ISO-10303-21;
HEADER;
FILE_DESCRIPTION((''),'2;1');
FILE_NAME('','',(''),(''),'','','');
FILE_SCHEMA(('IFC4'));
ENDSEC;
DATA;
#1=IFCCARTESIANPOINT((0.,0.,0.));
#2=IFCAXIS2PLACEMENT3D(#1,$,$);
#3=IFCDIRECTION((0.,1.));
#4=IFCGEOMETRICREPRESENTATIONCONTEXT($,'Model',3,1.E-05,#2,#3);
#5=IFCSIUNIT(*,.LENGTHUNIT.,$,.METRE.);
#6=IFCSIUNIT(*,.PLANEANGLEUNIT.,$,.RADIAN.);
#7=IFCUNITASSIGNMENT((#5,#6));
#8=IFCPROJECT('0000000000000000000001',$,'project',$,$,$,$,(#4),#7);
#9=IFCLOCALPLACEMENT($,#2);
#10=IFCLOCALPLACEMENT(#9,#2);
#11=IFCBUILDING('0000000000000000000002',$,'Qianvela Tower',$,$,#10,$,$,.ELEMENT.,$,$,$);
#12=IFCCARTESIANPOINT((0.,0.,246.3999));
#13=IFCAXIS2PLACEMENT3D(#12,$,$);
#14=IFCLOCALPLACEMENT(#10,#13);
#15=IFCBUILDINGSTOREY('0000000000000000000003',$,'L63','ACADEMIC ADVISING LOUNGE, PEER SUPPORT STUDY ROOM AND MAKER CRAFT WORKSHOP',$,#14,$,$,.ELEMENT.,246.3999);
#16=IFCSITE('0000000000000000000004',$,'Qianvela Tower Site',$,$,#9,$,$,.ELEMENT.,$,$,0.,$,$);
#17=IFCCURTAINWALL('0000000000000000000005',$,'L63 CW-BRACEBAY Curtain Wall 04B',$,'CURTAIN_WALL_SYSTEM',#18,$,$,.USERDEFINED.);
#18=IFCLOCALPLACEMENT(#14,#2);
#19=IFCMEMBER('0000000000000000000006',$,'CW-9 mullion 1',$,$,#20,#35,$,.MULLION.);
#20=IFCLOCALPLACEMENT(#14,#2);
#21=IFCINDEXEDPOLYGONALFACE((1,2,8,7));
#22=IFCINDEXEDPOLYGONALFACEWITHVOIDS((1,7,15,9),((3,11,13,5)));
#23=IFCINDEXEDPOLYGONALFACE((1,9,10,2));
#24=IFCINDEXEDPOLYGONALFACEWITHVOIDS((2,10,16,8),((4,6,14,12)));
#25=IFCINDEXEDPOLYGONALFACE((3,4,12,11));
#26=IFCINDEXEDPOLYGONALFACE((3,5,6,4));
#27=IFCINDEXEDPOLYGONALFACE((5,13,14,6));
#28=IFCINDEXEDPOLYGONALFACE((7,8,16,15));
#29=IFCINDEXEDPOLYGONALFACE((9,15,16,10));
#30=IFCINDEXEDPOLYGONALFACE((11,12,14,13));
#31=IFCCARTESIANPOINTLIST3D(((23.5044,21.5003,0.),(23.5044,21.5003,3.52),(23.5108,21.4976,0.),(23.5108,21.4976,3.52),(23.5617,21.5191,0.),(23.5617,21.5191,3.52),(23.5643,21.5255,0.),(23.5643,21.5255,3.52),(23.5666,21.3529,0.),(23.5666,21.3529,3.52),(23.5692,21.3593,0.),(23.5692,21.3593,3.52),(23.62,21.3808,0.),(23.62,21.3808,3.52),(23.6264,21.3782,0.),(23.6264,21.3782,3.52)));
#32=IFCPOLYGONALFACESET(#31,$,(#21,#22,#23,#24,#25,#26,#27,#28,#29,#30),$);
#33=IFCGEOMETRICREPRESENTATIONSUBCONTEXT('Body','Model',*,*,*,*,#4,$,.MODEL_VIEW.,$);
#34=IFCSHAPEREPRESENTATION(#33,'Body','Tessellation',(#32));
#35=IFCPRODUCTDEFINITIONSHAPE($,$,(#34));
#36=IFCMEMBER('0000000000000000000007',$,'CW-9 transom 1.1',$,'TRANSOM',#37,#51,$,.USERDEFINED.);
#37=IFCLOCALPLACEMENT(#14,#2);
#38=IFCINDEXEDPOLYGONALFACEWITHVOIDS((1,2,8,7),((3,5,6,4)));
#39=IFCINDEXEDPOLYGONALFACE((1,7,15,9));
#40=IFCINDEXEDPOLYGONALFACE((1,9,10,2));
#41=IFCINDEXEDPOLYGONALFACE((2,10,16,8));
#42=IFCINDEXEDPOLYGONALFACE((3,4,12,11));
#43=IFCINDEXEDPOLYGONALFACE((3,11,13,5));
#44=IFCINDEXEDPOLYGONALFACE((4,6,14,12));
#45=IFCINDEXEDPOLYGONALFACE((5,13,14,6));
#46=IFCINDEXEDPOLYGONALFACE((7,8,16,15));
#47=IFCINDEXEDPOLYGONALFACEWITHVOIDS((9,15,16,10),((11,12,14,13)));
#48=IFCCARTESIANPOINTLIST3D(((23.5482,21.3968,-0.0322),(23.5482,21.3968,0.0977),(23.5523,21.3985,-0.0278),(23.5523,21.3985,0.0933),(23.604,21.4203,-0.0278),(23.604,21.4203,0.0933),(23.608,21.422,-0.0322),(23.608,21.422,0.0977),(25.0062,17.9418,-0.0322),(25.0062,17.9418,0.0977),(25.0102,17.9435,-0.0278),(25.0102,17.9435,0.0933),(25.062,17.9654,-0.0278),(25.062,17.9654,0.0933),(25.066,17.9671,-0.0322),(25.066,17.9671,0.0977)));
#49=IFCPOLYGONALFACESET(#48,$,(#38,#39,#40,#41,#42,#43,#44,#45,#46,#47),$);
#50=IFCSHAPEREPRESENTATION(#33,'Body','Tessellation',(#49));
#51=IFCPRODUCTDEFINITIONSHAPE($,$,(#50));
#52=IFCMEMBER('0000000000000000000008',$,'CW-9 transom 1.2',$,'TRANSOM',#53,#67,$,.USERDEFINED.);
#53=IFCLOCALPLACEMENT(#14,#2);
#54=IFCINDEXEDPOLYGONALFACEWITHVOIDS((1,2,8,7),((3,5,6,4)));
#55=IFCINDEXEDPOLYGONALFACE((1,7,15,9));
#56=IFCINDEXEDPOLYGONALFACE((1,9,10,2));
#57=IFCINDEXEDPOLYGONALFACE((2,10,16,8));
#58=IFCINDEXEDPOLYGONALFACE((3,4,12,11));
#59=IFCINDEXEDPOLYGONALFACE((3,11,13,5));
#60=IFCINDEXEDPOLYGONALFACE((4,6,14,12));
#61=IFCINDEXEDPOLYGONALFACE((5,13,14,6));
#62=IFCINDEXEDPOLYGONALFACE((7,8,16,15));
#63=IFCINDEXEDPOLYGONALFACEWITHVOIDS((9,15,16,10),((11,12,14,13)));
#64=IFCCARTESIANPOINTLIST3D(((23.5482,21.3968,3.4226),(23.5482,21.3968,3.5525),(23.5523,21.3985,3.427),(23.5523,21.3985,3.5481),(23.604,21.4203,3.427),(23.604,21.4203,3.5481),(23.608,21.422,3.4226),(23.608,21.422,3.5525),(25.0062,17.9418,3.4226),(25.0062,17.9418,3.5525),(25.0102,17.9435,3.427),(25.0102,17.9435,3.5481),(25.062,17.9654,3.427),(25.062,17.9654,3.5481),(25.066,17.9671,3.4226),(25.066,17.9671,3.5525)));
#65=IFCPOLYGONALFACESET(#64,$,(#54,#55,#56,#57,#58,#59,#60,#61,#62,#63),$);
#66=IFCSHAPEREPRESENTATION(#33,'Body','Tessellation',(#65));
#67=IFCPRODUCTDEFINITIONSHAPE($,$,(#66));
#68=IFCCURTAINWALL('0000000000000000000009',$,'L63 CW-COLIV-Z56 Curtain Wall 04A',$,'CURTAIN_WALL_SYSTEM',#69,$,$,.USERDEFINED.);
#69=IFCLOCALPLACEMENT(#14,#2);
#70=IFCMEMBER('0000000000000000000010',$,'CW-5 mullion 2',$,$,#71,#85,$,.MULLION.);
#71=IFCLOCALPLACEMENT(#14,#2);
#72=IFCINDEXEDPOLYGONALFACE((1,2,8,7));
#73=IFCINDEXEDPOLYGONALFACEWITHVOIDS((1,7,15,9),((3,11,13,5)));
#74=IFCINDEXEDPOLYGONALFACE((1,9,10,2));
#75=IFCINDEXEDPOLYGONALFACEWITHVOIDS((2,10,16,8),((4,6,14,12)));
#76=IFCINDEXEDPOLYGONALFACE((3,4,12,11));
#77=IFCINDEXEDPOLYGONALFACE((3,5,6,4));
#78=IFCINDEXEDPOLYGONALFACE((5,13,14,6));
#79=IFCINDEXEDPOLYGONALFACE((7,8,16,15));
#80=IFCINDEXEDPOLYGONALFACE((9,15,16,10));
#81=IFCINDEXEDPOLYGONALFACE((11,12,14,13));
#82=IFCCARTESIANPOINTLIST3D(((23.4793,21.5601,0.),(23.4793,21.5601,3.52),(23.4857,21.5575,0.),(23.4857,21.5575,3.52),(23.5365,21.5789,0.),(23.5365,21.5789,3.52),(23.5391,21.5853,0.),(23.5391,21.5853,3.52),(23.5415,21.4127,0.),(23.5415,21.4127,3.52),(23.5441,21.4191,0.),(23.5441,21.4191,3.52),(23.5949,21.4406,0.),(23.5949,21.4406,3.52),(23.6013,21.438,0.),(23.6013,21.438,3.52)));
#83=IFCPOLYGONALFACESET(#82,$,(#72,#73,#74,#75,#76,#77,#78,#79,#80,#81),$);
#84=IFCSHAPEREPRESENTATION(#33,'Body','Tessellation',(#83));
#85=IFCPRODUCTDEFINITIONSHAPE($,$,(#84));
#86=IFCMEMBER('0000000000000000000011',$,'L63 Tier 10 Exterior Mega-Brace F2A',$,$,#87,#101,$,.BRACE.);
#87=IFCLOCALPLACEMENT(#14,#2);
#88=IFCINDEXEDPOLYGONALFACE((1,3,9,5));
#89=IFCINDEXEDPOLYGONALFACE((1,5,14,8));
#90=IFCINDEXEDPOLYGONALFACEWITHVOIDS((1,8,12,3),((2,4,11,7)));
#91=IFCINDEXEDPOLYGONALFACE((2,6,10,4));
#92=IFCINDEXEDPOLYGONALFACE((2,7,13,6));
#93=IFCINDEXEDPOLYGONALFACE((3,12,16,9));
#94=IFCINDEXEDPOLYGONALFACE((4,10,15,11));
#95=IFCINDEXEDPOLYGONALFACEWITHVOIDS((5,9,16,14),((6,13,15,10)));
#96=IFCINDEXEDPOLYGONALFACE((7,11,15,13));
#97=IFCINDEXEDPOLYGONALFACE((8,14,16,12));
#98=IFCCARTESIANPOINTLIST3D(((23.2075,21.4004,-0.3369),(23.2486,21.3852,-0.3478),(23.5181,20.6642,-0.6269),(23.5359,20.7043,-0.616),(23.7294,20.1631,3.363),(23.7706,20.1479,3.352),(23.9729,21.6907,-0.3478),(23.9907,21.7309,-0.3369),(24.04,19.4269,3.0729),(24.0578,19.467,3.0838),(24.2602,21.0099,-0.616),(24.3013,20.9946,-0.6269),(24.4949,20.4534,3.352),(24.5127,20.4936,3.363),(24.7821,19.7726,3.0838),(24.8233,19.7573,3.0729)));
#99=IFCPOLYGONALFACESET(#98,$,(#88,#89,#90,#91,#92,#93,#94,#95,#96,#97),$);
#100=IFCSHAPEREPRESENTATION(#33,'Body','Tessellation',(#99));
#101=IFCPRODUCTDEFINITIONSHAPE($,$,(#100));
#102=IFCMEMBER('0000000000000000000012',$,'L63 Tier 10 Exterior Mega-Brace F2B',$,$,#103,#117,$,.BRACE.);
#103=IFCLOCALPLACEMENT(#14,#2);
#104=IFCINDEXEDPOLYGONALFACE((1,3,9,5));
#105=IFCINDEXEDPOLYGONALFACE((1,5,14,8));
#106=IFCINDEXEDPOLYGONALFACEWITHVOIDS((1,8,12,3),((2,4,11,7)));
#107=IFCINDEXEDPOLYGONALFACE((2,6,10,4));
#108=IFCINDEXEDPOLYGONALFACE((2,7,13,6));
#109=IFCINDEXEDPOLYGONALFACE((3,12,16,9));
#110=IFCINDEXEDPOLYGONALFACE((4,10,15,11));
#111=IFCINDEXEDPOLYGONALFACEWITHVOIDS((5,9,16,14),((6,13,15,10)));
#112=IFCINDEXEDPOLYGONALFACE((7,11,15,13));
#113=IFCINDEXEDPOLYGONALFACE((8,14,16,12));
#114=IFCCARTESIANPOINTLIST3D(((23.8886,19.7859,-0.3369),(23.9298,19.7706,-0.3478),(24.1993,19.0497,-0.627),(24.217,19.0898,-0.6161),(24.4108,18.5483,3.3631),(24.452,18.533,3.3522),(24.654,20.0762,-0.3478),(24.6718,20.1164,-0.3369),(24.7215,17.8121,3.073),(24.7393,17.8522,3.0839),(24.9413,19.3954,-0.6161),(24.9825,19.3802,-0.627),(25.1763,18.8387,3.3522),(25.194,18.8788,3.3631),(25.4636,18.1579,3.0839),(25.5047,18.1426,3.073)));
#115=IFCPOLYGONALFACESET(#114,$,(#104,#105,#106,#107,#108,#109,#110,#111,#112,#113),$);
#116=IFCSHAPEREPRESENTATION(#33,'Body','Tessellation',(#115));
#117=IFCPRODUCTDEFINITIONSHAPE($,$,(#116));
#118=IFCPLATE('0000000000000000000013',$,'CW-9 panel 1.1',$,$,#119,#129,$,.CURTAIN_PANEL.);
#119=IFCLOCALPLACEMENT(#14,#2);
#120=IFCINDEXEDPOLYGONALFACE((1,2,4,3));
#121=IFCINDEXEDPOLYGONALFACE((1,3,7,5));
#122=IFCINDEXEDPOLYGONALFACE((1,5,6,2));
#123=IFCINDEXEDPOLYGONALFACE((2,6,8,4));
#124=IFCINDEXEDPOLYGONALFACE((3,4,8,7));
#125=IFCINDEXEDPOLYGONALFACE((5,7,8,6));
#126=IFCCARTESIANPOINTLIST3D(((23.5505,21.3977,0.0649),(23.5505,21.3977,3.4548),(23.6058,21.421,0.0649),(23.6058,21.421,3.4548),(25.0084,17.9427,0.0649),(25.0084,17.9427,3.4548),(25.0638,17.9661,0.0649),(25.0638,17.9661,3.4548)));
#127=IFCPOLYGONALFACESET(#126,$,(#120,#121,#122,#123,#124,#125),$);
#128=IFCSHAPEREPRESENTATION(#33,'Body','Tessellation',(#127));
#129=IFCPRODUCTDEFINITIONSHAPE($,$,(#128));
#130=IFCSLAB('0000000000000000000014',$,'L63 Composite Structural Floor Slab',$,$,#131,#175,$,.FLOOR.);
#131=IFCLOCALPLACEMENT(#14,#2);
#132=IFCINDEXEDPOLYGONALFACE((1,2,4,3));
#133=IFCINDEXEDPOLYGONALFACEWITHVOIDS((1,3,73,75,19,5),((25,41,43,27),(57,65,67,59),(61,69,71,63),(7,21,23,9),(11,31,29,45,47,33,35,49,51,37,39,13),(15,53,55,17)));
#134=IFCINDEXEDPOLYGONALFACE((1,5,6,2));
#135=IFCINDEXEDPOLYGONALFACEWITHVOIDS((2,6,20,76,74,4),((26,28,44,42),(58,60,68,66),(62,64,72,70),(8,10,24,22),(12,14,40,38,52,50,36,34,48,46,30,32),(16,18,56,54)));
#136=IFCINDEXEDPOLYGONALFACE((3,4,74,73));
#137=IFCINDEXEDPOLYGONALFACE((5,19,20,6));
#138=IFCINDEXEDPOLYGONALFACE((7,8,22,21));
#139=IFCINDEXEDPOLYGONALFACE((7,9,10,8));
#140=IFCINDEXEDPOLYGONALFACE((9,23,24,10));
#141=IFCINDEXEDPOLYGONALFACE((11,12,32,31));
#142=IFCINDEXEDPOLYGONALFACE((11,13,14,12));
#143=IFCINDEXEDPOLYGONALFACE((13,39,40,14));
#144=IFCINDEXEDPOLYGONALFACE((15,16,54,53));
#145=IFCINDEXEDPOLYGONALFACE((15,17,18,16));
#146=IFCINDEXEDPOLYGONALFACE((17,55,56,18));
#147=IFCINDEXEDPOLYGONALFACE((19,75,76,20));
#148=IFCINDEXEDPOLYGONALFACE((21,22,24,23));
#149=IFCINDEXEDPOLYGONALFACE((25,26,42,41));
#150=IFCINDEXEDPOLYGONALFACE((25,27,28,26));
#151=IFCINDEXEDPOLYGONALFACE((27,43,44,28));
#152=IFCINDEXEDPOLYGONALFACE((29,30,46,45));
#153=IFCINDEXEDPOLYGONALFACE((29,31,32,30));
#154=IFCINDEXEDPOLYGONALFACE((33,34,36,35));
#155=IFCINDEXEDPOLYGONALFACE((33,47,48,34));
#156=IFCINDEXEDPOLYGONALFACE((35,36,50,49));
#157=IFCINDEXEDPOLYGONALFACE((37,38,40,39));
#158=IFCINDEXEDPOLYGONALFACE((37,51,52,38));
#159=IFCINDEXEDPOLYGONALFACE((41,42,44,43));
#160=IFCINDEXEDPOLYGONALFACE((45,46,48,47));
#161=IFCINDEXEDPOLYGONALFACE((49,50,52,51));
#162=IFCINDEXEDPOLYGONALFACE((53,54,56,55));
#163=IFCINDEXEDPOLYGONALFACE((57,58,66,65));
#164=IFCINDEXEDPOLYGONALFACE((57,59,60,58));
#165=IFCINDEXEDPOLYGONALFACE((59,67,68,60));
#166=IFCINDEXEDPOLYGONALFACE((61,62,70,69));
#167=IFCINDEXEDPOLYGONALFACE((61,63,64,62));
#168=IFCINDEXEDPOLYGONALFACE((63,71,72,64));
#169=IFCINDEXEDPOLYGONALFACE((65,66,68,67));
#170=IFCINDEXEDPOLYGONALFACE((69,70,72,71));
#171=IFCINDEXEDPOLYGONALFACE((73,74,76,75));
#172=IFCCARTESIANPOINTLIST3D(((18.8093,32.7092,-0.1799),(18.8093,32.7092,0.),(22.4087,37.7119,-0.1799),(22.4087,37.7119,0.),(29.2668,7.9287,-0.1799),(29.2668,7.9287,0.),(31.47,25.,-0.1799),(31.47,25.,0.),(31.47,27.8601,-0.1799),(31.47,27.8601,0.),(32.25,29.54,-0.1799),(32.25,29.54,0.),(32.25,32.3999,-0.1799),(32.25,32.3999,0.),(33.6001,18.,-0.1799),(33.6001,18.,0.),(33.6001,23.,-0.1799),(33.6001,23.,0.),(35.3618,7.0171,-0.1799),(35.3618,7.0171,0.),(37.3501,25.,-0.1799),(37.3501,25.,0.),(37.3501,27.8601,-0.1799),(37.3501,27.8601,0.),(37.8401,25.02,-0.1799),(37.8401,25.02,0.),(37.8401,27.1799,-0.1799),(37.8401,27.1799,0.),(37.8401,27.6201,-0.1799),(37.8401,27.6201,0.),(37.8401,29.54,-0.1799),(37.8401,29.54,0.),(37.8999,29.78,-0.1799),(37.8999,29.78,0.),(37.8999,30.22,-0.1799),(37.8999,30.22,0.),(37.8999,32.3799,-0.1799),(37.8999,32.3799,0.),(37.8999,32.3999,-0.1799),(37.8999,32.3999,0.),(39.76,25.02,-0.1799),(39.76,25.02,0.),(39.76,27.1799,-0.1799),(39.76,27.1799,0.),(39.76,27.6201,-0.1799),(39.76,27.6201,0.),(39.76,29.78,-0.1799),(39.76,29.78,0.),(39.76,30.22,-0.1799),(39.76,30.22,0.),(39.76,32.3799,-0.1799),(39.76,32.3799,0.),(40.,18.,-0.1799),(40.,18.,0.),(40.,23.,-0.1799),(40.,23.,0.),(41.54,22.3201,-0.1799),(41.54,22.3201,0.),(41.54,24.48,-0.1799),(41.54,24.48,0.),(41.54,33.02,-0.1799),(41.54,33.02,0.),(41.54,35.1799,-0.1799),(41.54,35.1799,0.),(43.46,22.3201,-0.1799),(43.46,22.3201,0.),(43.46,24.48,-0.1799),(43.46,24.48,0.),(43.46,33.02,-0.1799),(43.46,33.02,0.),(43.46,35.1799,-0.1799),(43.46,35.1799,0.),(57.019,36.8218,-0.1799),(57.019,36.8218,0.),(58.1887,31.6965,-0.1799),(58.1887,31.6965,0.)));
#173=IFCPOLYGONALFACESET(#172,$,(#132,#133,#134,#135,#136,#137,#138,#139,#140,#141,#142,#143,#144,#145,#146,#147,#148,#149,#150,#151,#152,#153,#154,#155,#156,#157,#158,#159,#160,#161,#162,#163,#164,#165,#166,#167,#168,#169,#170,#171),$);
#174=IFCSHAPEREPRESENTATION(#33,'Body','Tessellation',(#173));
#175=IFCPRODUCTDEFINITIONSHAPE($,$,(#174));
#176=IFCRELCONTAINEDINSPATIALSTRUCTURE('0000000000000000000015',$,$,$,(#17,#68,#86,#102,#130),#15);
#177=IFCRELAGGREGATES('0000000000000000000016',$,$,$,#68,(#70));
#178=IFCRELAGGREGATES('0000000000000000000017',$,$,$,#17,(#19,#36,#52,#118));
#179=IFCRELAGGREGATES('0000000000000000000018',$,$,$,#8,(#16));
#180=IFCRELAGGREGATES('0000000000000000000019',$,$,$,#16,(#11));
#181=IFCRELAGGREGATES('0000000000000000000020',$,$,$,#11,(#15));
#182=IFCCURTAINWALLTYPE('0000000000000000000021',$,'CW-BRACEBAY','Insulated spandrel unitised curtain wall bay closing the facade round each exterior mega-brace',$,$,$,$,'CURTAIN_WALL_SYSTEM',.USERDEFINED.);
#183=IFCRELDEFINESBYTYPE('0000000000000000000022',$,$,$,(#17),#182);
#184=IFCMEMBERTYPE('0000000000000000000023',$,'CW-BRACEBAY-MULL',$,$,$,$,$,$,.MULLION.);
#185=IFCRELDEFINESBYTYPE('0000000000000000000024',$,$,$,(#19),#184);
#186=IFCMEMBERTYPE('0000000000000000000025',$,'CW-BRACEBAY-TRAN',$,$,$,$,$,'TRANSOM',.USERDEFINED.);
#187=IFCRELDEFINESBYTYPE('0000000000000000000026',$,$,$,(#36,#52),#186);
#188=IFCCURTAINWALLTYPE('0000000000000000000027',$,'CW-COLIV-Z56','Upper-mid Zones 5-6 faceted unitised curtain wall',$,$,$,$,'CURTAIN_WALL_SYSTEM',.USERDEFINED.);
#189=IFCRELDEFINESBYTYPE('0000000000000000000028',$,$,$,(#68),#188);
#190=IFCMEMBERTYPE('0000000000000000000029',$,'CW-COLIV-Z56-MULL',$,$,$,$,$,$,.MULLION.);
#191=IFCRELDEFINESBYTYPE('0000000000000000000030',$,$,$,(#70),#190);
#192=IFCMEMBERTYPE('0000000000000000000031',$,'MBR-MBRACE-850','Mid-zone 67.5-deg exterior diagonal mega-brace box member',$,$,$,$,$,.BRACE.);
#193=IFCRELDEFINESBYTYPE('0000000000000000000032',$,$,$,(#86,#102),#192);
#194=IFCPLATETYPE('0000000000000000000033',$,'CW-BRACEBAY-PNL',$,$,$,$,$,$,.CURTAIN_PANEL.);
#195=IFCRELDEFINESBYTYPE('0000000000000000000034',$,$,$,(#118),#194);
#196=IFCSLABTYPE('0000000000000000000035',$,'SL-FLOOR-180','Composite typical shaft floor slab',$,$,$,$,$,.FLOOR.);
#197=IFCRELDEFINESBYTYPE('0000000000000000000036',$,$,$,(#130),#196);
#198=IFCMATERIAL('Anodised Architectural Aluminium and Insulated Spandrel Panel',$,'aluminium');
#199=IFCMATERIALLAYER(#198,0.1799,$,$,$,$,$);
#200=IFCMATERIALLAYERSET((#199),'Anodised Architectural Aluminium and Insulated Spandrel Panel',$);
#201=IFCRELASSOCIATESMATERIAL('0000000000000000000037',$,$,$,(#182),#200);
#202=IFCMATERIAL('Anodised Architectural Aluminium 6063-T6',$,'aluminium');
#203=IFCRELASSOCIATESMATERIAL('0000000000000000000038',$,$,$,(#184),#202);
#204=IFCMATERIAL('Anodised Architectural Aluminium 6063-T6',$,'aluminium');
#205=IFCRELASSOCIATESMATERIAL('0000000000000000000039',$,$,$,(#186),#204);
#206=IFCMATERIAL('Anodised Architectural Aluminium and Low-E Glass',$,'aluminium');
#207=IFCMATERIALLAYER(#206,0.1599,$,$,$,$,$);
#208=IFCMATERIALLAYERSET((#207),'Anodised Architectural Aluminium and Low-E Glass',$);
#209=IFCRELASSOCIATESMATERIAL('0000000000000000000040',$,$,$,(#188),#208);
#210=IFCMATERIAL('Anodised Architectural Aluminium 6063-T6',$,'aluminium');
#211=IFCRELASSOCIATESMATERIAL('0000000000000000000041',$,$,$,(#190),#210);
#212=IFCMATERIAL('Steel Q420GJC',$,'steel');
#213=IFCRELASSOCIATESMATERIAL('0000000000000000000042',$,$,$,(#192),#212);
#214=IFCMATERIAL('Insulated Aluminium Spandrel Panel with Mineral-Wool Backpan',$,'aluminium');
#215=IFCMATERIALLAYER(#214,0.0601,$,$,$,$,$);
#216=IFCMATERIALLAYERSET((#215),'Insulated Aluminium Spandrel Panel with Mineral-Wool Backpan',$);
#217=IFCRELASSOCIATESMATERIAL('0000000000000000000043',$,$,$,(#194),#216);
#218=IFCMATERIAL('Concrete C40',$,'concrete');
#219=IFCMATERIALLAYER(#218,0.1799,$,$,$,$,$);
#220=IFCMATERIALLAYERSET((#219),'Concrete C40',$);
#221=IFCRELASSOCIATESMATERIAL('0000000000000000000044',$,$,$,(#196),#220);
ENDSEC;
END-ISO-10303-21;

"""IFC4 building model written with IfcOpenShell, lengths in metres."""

from ifc_helpers import new_model, si_unit, direction, frame, origin, origin_2d, place, context, subcontext, project, spatial, polyline, rectangle, hollow_rectangle, outline, extrude, material, layer, layer_set, material_profile, profile_set, type_object, element, aggregate, save


model = new_model("IFC4")

# Units and contexts
model_context = context("Model", 3, precision=1e-05, world=origin(), true_north=direction((0.0, 1.0)))
body_context = subcontext(model_context, "Body", "Model", "MODEL_VIEW")
ifc_project = project(units=[si_unit("LENGTHUNIT", "METRE"), si_unit("PLANEANGLEUNIT", "RADIAN")], contexts=[model_context])

# Site, building, storey
site_placement = place(None, origin())
site = spatial("IfcSite", under=ifc_project, at=site_placement, Name="Qianvela Tower Site", CompositionType="ELEMENT", RefElevation=0.0)
building_placement = place(site_placement, origin())
building = spatial("IfcBuilding", under=site, at=building_placement, Name="Qianvela Tower", CompositionType="ELEMENT")
storey_placement = place(building_placement, frame((0.0, 0.0, 246.3999)))
storey = spatial("IfcBuildingStorey", under=building, at=storey_placement, Name="L63", Description="ACADEMIC ADVISING LOUNGE, PEER SUPPORT STUDY ROOM AND MAKER CRAFT WORKSHOP", CompositionType="ELEMENT", Elevation=246.3999)

# Curtain wall, members
ifc_material_1 = material(Name="Anodised Architectural Aluminium and Insulated Spandrel Panel", Category="aluminium")
ifc_layer_1 = layer(ifc_material_1, 0.1799)
ifc_layer_set_1 = layer_set([ifc_layer_1], Name="Anodised Architectural Aluminium and Insulated Spandrel Panel")
curtain_wall_type_1 = type_object("IfcCurtainWallType", Name="CW-BRACEBAY", Description="Insulated spandrel unitised curtain wall bay closing the facade round each exterior mega-brace", ElementType="CURTAIN_WALL_SYSTEM", PredefinedType="USERDEFINED", material=ifc_layer_set_1)
curtain_wall_1_placement = place(storey_placement, origin())
curtain_wall_1 = element("IfcCurtainWall", 1, at=curtain_wall_1_placement, inside=storey, type_object=curtain_wall_type_1, Name="L63 CW-BRACEBAY Curtain Wall 04B", ObjectType="CURTAIN_WALL_SYSTEM", PredefinedType="USERDEFINED")
ifc_material_2 = material(Name="Anodised Architectural Aluminium 6063-T6", Category="aluminium")
ifc_material_profile_1 = material_profile(ifc_material_2, hollow_rectangle(XDim=0.0649, YDim=0.1599, WallThickness=0.0049, at=origin_2d()), Name="ALU-MULL-65x160")
ifc_profile_set_1 = profile_set([ifc_material_profile_1], Name="Anodised Architectural Aluminium 6063-T6")
member_type_1 = type_object("IfcMemberType", Name="CW-BRACEBAY-MULL", PredefinedType="MULLION", material=ifc_profile_set_1)
member_1_placement = place(storey_placement, frame((23.5654, 21.4392, 0.0), z_axis=(0.0, 0.0, 1.0), x_axis=(0.921325, 0.388793, 0.0)))
member_1 = element("IfcMember", 2, at=member_1_placement, type_object=member_type_1, Name="CW-9 mullion 1", PredefinedType="MULLION", context=body_context, shape_type="SweptSolid", body=[
    extrude(hollow_rectangle(XDim=0.0649, YDim=0.1599, WallThickness=0.0049, at=origin_2d()), origin(), (0.0, 0.0, 1.0), 3.52),
])
ifc_material_3 = material(Name="Anodised Architectural Aluminium 6063-T6", Category="aluminium")
ifc_material_profile_2 = material_profile(ifc_material_3, hollow_rectangle(XDim=0.0649, YDim=0.1299, WallThickness=0.0044, at=origin_2d()), Name="ALU-TRAN-65x130")
ifc_profile_set_2 = profile_set([ifc_material_profile_2], Name="Anodised Architectural Aluminium 6063-T6")
member_type_2 = type_object("IfcMemberType", Name="CW-BRACEBAY-TRAN", ElementType="TRANSOM", PredefinedType="USERDEFINED", material=ifc_profile_set_2)
member_2_placement = place(storey_placement, frame((23.5781, 21.4094, 0.0327), z_axis=(0.38879, -0.921326, 0.0), x_axis=(0.921326, 0.38879, 0.0)))
member_2 = element("IfcMember", 3, at=member_2_placement, type_object=member_type_2, Name="CW-9 transom 1.1", ObjectType="TRANSOM", PredefinedType="USERDEFINED", context=body_context, shape_type="SweptSolid", body=[
    extrude(hollow_rectangle(XDim=0.0649, YDim=0.1299, WallThickness=0.0044, at=origin_2d()), origin(), (0.0, 0.0, 1.0), 3.75),
])
member_3_placement = place(storey_placement, frame((23.5781, 21.4094, 3.4875), z_axis=(0.38879, -0.921326, 0.0), x_axis=(0.921326, 0.38879, 0.0)))
member_3 = element("IfcMember", 4, at=member_3_placement, type_object=member_type_2, Name="CW-9 transom 1.2", ObjectType="TRANSOM", PredefinedType="USERDEFINED", context=body_context, shape_type="SweptSolid", body=[
    extrude(hollow_rectangle(XDim=0.0649, YDim=0.1299, WallThickness=0.0044, at=origin_2d()), origin(), (0.0, 0.0, 1.0), 3.75),
])

# Curtain wall, member
ifc_material_4 = material(Name="Anodised Architectural Aluminium and Low-E Glass", Category="aluminium")
ifc_layer_2 = layer(ifc_material_4, 0.1599)
ifc_layer_set_2 = layer_set([ifc_layer_2], Name="Anodised Architectural Aluminium and Low-E Glass")
curtain_wall_type_2 = type_object("IfcCurtainWallType", Name="CW-COLIV-Z56", Description="Upper-mid Zones 5-6 faceted unitised curtain wall", ElementType="CURTAIN_WALL_SYSTEM", PredefinedType="USERDEFINED", material=ifc_layer_set_2)
curtain_wall_2_placement = place(storey_placement, origin())
curtain_wall_2 = element("IfcCurtainWall", 5, at=curtain_wall_2_placement, inside=storey, type_object=curtain_wall_type_2, Name="L63 CW-COLIV-Z56 Curtain Wall 04A", ObjectType="CURTAIN_WALL_SYSTEM", PredefinedType="USERDEFINED")
ifc_material_5 = material(Name="Anodised Architectural Aluminium 6063-T6", Category="aluminium")
ifc_material_profile_3 = material_profile(ifc_material_5, hollow_rectangle(XDim=0.0649, YDim=0.1599, WallThickness=0.0049, at=origin_2d()), Name="ALU-MULL-65x160")
ifc_profile_set_3 = profile_set([ifc_material_profile_3], Name="Anodised Architectural Aluminium 6063-T6")
member_type_3 = type_object("IfcMemberType", Name="CW-COLIV-Z56-MULL", PredefinedType="MULLION", material=ifc_profile_set_3)
member_4_placement = place(storey_placement, frame((23.5403, 21.499, 0.0), z_axis=(0.0, 0.0, 1.0), x_axis=(0.921319, 0.388807, 0.0)))
member_4 = element("IfcMember", 6, at=member_4_placement, type_object=member_type_3, Name="CW-5 mullion 2", PredefinedType="MULLION", context=body_context, shape_type="SweptSolid", body=[
    extrude(hollow_rectangle(XDim=0.0649, YDim=0.1599, WallThickness=0.0049, at=origin_2d()), origin(), (0.0, 0.0, 1.0), 3.52),
])
aggregate(curtain_wall_2, [member_4])

# Members
ifc_material_6 = material(Name="Steel Q420GJC", Category="steel")
ifc_material_profile_4 = material_profile(ifc_material_6, hollow_rectangle(XDim=0.8501, YDim=0.8501, WallThickness=0.032, at=origin_2d()), Name="MBOX-850x850x32")
ifc_profile_set_4 = profile_set([ifc_material_profile_4], Name="Steel Q420GJC")
member_type_4 = type_object("IfcMemberType", Name="MBR-MBRACE-850", Description="Mid-zone 67.5-deg exterior diagonal mega-brace box member", PredefinedType="BRACE", material=ifc_profile_set_4)
member_5_placement = place(storey_placement, frame((23.7544, 21.1975, -0.4819), z_axis=(0.132611, -0.314347, 0.94), x_axis=(0.921368, 0.388691, 0.0)))
element("IfcMember", 7, at=member_5_placement, inside=storey, type_object=member_type_4, Name="L63 Tier 10 Exterior Mega-Brace F2A", PredefinedType="BRACE", context=body_context, shape_type="SweptSolid", body=[
    extrude(hollow_rectangle(XDim=0.8501, YDim=0.8501, WallThickness=0.032, at=origin_2d()), origin(), (0.0, 0.0, 1.0), 3.936),
])
member_6_placement = place(storey_placement, frame((24.4355, 19.583, -0.4819), z_axis=(0.132669, -0.3144, 0.939974), x_axis=(0.921331, 0.38878, 0.0)))
element("IfcMember", 8, at=member_6_placement, inside=storey, type_object=member_type_4, Name="L63 Tier 10 Exterior Mega-Brace F2B", PredefinedType="BRACE", context=body_context, shape_type="SweptSolid", body=[
    extrude(hollow_rectangle(XDim=0.8501, YDim=0.8501, WallThickness=0.032, at=origin_2d()), origin(), (0.0, 0.0, 1.0), 3.9363),
])

# Plate
ifc_material_7 = material(Name="Insulated Aluminium Spandrel Panel with Mineral-Wool Backpan", Category="aluminium")
ifc_layer_3 = layer(ifc_material_7, 0.0601)
ifc_layer_set_3 = layer_set([ifc_layer_3], Name="Insulated Aluminium Spandrel Panel with Mineral-Wool Backpan")
plate_type = type_object("IfcPlateType", Name="CW-BRACEBAY-PNL", PredefinedType="CURTAIN_PANEL", material=ifc_layer_set_3)
plate_placement = place(storey_placement, frame((24.3071, 19.6819, 0.0649), z_axis=(0.0, 0.0, 1.0), x_axis=(0.388793, -0.921325, 0.0)))
plate = element("IfcPlate", 9, at=plate_placement, type_object=plate_type, Name="CW-9 panel 1.1", PredefinedType="CURTAIN_PANEL", context=body_context, shape_type="SweptSolid", body=[
    extrude(rectangle(XDim=3.75, YDim=0.0601, at=origin_2d()), origin(), (0.0, 0.0, 1.0), 3.3899),
])
aggregate(curtain_wall_1, [member_1, member_2, member_3, plate])

# Slab
ifc_material_8 = material(Name="Concrete C40", Category="concrete")
ifc_layer_4 = layer(ifc_material_8, 0.1799)
ifc_layer_set_4 = layer_set([ifc_layer_4], Name="Concrete C40")
slab_type_1 = type_object("IfcSlabType", Name="SL-FLOOR-180", Description="Composite typical shaft floor slab", PredefinedType="FLOOR", material=ifc_layer_set_4)
slab_1_placement = place(storey_placement, frame((0.0, 0.0, -0.1799)))
element("IfcSlab", 10, at=slab_1_placement, inside=storey, type_object=slab_type_1, Name="L63 Composite Structural Floor Slab", PredefinedType="FLOOR", context=body_context, shape_type="SweptSolid", body=[
    extrude(outline(polyline([(58.1887, 31.6965), (57.019, 36.8218), (22.4087, 37.7119), (18.8093, 32.7092), (29.2668, 7.9287), (35.3618, 7.0171), (58.1887, 31.6965)]), holes=[polyline([(40.0, 23.0), (33.6001, 23.0), (33.6001, 18.0), (40.0, 18.0), (40.0, 23.0)]), polyline([(43.46, 24.48), (41.54, 24.48), (41.54, 22.3201), (43.46, 22.3201), (43.46, 24.48)]), polyline([(39.76, 27.1799), (37.8401, 27.1799), (37.8401, 25.02), (39.76, 25.02), (39.76, 27.1799)]), polyline([(37.3501, 27.8601), (31.47, 27.8601), (31.47, 25.0), (37.3501, 25.0), (37.3501, 27.8601)]), polyline([(39.76, 27.6201), (39.76, 29.78), (37.8999, 29.78), (37.8999, 30.22), (39.76, 30.22), (39.76, 32.3799), (37.8999, 32.3799), (37.8999, 32.3999), (32.25, 32.3999), (32.25, 29.54), (37.8401, 29.54), (37.8401, 27.6201), (39.76, 27.6201)]), polyline([(43.46, 35.1799), (41.54, 35.1799), (41.54, 33.02), (43.46, 33.02), (43.46, 35.1799)])]), origin(), (0.0, 0.0, 1.0), 0.1799),
])

save(model, "model.ifc")
